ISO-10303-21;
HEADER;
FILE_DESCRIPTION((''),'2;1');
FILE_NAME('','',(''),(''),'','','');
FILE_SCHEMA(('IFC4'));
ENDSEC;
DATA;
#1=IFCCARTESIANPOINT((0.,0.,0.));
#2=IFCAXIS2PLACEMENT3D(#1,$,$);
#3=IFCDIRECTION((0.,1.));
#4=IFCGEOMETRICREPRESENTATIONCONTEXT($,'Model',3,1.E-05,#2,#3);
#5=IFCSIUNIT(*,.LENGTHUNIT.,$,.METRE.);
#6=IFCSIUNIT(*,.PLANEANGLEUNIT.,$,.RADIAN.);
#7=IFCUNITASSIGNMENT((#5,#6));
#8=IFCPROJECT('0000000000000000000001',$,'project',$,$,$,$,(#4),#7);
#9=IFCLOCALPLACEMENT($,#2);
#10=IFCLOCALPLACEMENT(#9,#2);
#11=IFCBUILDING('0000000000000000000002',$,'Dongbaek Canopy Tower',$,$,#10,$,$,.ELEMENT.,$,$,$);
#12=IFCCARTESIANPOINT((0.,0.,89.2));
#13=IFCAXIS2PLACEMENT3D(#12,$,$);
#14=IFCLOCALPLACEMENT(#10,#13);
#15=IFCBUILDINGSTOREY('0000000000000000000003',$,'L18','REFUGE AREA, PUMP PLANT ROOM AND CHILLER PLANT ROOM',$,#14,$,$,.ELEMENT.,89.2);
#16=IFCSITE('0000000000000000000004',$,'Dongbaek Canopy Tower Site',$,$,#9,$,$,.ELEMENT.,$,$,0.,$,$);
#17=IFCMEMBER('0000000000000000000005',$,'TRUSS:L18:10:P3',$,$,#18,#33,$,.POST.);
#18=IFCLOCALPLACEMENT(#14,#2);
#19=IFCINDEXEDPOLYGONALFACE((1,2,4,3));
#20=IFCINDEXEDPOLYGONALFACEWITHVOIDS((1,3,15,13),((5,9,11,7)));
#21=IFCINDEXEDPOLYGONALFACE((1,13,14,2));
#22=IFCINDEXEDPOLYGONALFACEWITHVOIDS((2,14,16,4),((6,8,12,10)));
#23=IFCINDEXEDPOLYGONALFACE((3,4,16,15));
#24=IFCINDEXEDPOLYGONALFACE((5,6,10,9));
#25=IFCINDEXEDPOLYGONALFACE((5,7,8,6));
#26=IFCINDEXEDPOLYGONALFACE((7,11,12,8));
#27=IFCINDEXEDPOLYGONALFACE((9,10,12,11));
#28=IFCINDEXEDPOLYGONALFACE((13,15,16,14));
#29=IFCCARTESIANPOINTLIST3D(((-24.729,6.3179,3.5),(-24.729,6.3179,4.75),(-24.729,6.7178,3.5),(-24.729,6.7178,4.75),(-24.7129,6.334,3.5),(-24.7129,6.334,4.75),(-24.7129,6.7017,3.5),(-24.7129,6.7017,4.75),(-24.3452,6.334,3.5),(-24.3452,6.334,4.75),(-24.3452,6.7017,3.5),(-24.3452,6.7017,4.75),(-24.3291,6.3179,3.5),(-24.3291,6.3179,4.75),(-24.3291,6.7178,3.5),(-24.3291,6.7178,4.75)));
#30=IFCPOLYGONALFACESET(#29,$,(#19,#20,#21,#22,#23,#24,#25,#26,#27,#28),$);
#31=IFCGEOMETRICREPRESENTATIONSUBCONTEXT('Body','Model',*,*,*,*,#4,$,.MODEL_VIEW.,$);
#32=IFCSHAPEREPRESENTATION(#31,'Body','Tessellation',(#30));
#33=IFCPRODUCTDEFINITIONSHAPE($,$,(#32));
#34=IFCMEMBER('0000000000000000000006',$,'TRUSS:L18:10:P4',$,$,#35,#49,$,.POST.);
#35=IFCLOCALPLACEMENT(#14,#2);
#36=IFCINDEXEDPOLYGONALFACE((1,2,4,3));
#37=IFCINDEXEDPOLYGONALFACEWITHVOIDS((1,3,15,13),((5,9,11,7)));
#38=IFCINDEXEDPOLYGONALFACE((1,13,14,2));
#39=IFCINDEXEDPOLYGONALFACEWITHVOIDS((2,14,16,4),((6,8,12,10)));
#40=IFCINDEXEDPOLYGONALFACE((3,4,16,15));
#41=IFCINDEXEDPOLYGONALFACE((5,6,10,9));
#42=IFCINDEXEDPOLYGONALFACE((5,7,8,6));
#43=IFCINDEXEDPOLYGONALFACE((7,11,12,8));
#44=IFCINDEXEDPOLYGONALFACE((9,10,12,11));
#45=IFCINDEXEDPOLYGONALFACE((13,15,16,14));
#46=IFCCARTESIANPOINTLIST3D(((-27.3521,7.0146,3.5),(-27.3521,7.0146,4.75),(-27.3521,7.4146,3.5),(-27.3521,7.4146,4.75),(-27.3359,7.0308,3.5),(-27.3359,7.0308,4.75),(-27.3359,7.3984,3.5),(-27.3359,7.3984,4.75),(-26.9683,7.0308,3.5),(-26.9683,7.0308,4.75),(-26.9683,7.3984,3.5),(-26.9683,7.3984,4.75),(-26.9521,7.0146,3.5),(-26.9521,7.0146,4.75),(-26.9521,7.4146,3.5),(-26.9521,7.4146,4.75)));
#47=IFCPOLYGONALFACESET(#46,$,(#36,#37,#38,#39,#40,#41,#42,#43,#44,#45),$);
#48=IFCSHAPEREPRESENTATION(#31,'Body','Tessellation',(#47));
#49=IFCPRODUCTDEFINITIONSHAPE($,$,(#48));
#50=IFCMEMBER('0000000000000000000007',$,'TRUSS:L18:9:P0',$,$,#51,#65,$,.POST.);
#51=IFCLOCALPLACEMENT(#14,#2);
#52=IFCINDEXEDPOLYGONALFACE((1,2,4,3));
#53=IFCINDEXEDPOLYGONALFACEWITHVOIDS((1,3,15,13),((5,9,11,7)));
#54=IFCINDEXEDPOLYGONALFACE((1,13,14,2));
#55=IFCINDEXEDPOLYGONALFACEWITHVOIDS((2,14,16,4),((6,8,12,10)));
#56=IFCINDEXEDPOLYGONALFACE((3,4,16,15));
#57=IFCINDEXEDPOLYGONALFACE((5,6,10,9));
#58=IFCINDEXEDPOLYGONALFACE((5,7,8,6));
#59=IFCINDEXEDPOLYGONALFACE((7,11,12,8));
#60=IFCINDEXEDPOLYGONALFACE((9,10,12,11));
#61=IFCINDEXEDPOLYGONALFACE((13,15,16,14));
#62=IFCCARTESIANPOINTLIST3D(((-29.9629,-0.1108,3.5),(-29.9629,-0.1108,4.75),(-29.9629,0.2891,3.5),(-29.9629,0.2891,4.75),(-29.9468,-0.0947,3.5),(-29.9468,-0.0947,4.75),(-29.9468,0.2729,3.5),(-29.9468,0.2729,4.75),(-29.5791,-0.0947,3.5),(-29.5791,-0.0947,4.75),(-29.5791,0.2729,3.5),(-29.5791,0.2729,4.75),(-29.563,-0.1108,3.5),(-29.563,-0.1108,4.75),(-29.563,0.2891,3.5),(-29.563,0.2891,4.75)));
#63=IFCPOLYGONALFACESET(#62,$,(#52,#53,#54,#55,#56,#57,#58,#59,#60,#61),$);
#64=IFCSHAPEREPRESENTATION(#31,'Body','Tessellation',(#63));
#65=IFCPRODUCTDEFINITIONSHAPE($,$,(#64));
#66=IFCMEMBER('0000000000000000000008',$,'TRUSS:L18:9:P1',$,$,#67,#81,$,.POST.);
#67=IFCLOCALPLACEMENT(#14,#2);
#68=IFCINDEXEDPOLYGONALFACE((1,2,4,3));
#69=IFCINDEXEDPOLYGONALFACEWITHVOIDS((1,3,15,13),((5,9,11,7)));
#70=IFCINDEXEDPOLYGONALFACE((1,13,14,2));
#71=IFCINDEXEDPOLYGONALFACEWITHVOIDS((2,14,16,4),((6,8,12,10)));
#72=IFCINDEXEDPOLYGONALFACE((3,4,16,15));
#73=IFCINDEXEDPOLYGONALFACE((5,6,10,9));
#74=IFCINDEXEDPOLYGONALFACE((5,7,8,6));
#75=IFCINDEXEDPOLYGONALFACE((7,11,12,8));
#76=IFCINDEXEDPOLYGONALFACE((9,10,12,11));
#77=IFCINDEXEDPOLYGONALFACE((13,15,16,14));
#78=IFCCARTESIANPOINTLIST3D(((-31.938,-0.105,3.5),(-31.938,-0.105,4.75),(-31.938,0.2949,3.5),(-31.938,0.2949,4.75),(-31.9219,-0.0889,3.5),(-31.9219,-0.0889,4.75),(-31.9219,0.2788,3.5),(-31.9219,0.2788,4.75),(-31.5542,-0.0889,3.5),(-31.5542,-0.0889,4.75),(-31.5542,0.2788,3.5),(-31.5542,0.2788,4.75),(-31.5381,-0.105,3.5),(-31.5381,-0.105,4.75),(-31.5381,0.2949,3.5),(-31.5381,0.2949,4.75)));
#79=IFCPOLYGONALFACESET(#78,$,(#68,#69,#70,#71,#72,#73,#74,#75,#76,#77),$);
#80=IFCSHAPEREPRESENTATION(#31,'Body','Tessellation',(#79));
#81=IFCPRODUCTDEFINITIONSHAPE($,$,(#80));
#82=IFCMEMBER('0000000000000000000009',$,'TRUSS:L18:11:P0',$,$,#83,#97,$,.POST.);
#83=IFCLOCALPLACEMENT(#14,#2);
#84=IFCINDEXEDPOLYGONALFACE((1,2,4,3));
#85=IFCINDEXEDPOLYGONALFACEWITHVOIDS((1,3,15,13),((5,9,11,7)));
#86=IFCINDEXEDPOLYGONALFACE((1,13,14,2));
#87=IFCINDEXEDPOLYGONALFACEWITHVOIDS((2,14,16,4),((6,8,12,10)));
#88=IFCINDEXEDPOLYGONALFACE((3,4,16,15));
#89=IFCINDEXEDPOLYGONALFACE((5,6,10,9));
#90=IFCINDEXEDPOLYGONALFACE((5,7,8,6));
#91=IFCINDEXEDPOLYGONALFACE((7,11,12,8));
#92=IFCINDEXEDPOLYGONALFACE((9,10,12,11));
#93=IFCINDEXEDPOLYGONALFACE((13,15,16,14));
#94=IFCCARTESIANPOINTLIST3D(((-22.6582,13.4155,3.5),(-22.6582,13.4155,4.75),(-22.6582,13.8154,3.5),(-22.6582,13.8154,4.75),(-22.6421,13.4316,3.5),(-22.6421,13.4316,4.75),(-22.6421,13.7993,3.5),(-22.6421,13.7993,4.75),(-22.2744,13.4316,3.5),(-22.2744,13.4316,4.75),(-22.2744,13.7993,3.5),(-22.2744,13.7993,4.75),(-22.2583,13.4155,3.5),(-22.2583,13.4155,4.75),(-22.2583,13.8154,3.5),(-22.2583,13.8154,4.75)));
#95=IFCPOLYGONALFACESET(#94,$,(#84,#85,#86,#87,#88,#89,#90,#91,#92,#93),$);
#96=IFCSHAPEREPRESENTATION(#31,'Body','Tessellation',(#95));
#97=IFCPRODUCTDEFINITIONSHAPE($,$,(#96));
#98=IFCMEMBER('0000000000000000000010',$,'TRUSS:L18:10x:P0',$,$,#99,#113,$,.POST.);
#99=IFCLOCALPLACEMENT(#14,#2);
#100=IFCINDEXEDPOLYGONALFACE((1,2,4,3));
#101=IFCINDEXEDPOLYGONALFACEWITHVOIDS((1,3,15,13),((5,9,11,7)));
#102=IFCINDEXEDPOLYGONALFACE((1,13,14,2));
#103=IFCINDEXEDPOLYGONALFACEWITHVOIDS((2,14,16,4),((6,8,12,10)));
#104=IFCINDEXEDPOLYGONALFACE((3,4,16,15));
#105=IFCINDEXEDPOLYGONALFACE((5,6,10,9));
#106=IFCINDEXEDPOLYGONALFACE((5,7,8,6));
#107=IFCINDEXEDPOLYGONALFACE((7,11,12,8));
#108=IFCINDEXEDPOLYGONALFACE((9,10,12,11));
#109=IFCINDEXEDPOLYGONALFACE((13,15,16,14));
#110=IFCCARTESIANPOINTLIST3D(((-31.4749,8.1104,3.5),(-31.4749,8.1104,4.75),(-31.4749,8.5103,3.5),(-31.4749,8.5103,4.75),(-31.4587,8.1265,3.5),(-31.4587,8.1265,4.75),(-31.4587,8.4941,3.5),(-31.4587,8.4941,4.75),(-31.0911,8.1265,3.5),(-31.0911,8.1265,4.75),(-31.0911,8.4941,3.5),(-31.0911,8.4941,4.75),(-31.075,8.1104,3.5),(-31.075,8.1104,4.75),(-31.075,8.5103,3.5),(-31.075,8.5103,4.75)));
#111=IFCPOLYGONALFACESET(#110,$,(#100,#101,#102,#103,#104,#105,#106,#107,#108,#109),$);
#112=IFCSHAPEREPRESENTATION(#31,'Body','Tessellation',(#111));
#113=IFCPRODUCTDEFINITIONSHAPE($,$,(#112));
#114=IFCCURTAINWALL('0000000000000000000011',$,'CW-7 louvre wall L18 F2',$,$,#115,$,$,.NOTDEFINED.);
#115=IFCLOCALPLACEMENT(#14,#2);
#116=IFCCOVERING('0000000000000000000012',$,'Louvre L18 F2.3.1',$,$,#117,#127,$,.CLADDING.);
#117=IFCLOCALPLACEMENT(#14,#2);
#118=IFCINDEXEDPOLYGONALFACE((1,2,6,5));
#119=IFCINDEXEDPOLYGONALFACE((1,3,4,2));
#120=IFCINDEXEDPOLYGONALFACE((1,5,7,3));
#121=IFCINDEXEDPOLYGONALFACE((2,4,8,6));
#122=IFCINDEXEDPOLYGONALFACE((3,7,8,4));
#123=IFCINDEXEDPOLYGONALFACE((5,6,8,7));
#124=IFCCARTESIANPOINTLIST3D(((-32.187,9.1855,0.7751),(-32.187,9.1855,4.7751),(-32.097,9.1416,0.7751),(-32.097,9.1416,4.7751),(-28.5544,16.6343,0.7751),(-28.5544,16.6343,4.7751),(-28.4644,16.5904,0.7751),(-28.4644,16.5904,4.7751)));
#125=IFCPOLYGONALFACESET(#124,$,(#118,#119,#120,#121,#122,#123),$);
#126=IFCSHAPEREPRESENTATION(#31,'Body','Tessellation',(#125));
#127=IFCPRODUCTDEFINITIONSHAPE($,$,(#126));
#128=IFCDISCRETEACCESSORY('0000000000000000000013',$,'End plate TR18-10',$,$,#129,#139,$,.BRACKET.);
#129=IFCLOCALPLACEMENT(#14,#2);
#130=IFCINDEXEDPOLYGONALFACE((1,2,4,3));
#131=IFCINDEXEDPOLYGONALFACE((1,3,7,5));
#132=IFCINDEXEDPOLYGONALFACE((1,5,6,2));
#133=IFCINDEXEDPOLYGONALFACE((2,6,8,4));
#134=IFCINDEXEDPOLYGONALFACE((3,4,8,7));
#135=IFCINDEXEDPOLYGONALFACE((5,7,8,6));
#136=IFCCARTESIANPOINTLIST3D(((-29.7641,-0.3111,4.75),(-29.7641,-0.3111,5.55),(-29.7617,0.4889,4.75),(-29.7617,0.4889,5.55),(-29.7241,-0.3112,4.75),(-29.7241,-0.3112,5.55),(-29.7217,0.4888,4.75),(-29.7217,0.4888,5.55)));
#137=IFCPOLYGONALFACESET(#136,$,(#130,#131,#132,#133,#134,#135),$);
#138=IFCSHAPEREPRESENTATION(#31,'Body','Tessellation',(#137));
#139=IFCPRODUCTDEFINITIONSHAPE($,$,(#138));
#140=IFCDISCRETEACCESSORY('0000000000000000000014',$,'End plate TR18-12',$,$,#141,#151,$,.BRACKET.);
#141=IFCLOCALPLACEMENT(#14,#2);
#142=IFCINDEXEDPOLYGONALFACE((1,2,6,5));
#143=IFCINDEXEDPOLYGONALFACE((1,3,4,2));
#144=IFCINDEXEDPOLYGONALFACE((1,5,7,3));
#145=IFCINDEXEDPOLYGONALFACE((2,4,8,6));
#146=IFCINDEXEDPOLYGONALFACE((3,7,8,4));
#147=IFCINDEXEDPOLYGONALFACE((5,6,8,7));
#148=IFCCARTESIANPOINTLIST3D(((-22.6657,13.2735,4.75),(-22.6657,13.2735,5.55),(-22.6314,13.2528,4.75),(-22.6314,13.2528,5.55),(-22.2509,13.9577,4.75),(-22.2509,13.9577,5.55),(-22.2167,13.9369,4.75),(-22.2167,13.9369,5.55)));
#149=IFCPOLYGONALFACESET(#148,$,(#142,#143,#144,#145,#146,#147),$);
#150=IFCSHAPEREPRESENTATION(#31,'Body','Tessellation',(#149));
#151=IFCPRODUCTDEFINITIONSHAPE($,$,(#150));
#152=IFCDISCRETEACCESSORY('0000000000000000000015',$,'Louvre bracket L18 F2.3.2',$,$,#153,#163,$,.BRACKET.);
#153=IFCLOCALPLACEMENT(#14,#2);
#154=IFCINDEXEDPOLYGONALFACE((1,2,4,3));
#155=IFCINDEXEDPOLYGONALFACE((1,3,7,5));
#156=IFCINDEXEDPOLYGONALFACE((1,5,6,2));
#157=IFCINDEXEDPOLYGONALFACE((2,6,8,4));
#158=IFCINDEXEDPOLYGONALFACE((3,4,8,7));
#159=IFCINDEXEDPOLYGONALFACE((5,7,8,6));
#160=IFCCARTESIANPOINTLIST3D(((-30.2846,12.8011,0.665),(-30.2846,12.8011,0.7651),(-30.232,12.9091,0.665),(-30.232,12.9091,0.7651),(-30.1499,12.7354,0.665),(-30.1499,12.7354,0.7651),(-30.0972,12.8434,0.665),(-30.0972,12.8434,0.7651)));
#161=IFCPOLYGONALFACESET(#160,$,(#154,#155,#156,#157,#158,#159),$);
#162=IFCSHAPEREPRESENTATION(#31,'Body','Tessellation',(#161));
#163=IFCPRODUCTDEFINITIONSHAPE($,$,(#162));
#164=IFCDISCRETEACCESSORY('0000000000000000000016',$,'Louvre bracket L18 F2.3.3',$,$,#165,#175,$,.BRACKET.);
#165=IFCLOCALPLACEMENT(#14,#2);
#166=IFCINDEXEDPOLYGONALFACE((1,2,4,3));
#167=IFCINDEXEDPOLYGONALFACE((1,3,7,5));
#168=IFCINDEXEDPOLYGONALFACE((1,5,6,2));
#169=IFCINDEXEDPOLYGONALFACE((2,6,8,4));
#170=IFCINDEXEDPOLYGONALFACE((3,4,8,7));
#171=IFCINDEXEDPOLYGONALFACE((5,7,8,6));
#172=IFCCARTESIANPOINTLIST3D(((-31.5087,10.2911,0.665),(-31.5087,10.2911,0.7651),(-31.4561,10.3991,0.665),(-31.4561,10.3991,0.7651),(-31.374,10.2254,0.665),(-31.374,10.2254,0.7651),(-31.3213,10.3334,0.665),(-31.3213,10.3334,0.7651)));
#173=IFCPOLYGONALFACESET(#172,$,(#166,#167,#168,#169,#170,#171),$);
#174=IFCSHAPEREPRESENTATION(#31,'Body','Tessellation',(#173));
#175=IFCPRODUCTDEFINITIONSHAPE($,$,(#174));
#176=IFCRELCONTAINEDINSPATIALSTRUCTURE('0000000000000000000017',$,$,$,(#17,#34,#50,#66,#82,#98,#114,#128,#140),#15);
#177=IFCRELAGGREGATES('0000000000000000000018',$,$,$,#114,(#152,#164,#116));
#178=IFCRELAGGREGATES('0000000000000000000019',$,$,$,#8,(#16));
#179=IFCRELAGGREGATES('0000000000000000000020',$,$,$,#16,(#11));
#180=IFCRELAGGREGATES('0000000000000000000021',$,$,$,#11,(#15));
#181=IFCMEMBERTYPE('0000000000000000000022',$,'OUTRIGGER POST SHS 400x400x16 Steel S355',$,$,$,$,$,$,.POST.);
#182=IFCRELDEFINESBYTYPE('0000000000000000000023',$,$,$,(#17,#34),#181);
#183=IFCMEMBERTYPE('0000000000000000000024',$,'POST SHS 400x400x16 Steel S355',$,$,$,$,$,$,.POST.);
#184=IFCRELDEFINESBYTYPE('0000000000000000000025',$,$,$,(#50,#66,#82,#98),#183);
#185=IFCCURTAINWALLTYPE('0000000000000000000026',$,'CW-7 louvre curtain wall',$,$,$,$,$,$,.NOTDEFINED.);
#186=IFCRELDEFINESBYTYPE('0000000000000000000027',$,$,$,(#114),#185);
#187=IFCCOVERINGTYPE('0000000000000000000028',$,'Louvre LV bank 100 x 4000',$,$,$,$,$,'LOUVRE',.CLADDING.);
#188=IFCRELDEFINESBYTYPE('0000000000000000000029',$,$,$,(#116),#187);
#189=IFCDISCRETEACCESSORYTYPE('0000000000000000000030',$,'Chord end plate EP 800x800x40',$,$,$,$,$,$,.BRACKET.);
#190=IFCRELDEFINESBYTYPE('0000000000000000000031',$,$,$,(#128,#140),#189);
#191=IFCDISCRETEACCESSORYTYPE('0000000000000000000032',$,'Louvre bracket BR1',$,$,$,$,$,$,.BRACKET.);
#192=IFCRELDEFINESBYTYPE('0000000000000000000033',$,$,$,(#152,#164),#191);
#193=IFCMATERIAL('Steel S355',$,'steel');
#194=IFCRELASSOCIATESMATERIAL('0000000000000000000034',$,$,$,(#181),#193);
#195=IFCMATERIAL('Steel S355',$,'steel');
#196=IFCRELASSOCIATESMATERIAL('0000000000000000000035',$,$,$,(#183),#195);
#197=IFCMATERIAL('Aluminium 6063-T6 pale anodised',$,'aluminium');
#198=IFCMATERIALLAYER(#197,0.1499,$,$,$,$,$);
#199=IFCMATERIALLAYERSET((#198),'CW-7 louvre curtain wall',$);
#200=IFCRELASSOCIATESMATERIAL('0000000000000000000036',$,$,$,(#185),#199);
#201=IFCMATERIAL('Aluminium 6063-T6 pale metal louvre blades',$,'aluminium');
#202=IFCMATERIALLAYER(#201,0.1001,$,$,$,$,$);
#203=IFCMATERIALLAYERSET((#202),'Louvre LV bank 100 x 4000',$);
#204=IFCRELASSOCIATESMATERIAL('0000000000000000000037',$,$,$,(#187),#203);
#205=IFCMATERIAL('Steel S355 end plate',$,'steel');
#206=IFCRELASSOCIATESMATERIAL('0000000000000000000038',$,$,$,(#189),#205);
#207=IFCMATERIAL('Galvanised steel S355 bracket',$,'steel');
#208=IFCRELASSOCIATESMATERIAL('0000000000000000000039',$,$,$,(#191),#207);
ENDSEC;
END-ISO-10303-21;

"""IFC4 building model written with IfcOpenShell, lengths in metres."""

from ifc_helpers import new_model, si_unit, direction, frame, origin, origin_2d, place, context, subcontext, project, spatial, rectangle, hollow_rectangle, extrude, material, layer, layer_set, material_profile, profile_set, type_object, element, aggregate, save


model = new_model("IFC4")

# Units and contexts
model_context = context("Model", 3, precision=1e-05, world=origin(), true_north=direction((0.0, 1.0)))
body_context = subcontext(model_context, "Body", "Model", "MODEL_VIEW")
ifc_project = project(units=[si_unit("LENGTHUNIT", "METRE"), si_unit("PLANEANGLEUNIT", "RADIAN")], contexts=[model_context])

# Site, building, storey
site_placement = place(None, origin())
site = spatial("IfcSite", under=ifc_project, at=site_placement, Name="Dongbaek Canopy Tower Site", CompositionType="ELEMENT", RefElevation=0.0)
building_placement = place(site_placement, origin())
building = spatial("IfcBuilding", under=site, at=building_placement, Name="Dongbaek Canopy Tower", CompositionType="ELEMENT")
storey_placement = place(building_placement, frame((0.0, 0.0, 89.2)))
storey = spatial("IfcBuildingStorey", under=building, at=storey_placement, Name="L18", Description="REFUGE AREA, PUMP PLANT ROOM AND CHILLER PLANT ROOM", CompositionType="ELEMENT", Elevation=89.2)

# Members
ifc_material_1 = material(Name="Steel S355", Category="steel")
ifc_material_profile_1 = material_profile(ifc_material_1, hollow_rectangle(XDim=0.3999, YDim=0.3999, WallThickness=0.0161, at=origin_2d()), Name="OUTRIGGER POST SHS 400x400x16 Steel S355")
ifc_profile_set_1 = profile_set([ifc_material_profile_1], Name="Steel S355")
member_type_1 = type_object("IfcMemberType", Name="OUTRIGGER POST SHS 400x400x16 Steel S355", PredefinedType="POST", material=ifc_profile_set_1)
for number, where, z_axis, x_axis, name in (
    (1, (-24.5291, 6.5178, 3.5), (0.0, 0.0, 1.0), (1.0, 0.0, 0.0), "TRUSS:L18:10:P3"),
    (2, (-27.1521, 7.2146, 3.5), (0.0, 0.0, 1.0), (1.0, 0.0, 0.0), "TRUSS:L18:10:P4"),
):
    element("IfcMember", number, at=place(storey_placement, frame(where, z_axis=z_axis, x_axis=x_axis)), inside=storey, type_object=member_type_1, Name=name, PredefinedType="POST", context=body_context, shape_type="SweptSolid", body=[
        extrude(hollow_rectangle(XDim=0.3999, YDim=0.3999, WallThickness=0.0161, at=origin_2d()), origin(), (0.0, 0.0, 1.0), 1.25),
    ])
ifc_material_2 = material(Name="Steel S355", Category="steel")
ifc_material_profile_2 = material_profile(ifc_material_2, hollow_rectangle(XDim=0.3999, YDim=0.3999, WallThickness=0.0161, at=origin_2d()), Name="POST SHS 400x400x16 Steel S355")
ifc_profile_set_2 = profile_set([ifc_material_profile_2], Name="Steel S355")
member_type_2 = type_object("IfcMemberType", Name="POST SHS 400x400x16 Steel S355", PredefinedType="POST", material=ifc_profile_set_2)
for number, where, z_axis, x_axis, name in (
    (3, (-29.7629, 0.0891, 3.5), (0.0, 0.0, 1.0), (1.0, 0.0, 0.0), "TRUSS:L18:9:P0"),
    (4, (-31.738, 0.095, 3.5), (0.0, 0.0, 1.0), (1.0, 0.0, 0.0), "TRUSS:L18:9:P1"),
    (5, (-22.4583, 13.6155, 3.5), (0.0, 0.0, 1.0), (1.0, 0.0, 0.0), "TRUSS:L18:11:P0"),
    (6, (-31.2749, 8.3103, 3.5), (0.0, 0.0, 1.0), (1.0, 0.0, 0.0), "TRUSS:L18:10x:P0"),
):
    element("IfcMember", number, at=place(storey_placement, frame(where, z_axis=z_axis, x_axis=x_axis)), inside=storey, type_object=member_type_2, Name=name, PredefinedType="POST", context=body_context, shape_type="SweptSolid", body=[
        extrude(hollow_rectangle(XDim=0.3999, YDim=0.3999, WallThickness=0.0161, at=origin_2d()), origin(), (0.0, 0.0, 1.0), 1.25),
    ])

# Curtain wall, covering
ifc_material_3 = material(Name="Aluminium 6063-T6 pale anodised", Category="aluminium")
ifc_layer_1 = layer(ifc_material_3, 0.1499)
ifc_layer_set_1 = layer_set([ifc_layer_1], Name="CW-7 louvre curtain wall")
curtain_wall_type = type_object("IfcCurtainWallType", Name="CW-7 louvre curtain wall", PredefinedType="NOTDEFINED", material=ifc_layer_set_1)
curtain_wall_placement = place(storey_placement, origin())
curtain_wall = element("IfcCurtainWall", 7, at=curtain_wall_placement, inside=storey, type_object=curtain_wall_type, Name="CW-7 louvre wall L18 F2", PredefinedType="NOTDEFINED")
ifc_material_4 = material(Name="Aluminium 6063-T6 pale metal louvre blades", Category="aluminium")
ifc_layer_2 = layer(ifc_material_4, 0.1001)
ifc_layer_set_2 = layer_set([ifc_layer_2], Name="Louvre LV bank 100 x 4000")
covering_type = type_object("IfcCoveringType", Name="Louvre LV bank 100 x 4000", ElementType="LOUVRE", PredefinedType="CLADDING", material=ifc_layer_set_2)
covering_placement = place(storey_placement, frame((-30.3257, 12.8879, 0.7751), z_axis=(0.0, 0.0, 1.0), x_axis=(-0.438328, -0.898815, 0.0)))
covering = element("IfcCovering", 8, at=covering_placement, type_object=covering_type, Name="Louvre L18 F2.3.1", PredefinedType="CLADDING", context=body_context, shape_type="SweptSolid", body=[
    extrude(rectangle(XDim=8.2874, YDim=0.1001, at=origin_2d()), origin(), (0.0, 0.0, 1.0), 4.0),
])

# Discrete accessories
ifc_material_5 = material(Name="Steel S355 end plate", Category="steel")
discrete_accessory_type_1 = type_object("IfcDiscreteAccessoryType", Name="Chord end plate EP 800x800x40", PredefinedType="BRACKET", material=ifc_material_5)
for number, where, z_axis, x_axis, name in (
    (9, (-29.7429, 0.0889, 4.75), (0.0, 0.0, 1.0), (-0.999996, 0.002988, 0.0), "End plate TR18-10"),
    (10, (-22.4412, 13.6052, 4.75), (0.0, 0.0, 1.0), (-0.855123, 0.518426, 0.0), "End plate TR18-12"),
):
    element("IfcDiscreteAccessory", number, at=place(storey_placement, frame(where, z_axis=z_axis, x_axis=x_axis)), inside=storey, type_object=discrete_accessory_type_1, Name=name, PredefinedType="BRACKET", context=body_context, shape_type="SweptSolid", body=[
        extrude(rectangle(XDim=0.04, YDim=0.8, at=origin_2d()), origin(), (0.0, 0.0, 1.0), 0.8),
    ])

# Discrete accessories
ifc_material_6 = material(Name="Galvanised steel S355 bracket", Category="steel")
discrete_accessory_type_2 = type_object("IfcDiscreteAccessoryType", Name="Louvre bracket BR1", PredefinedType="BRACKET", material=ifc_material_6)
discrete_accessory_1_placement = place(storey_placement, frame((-30.1909, 12.8223, 0.665), z_axis=(0.0, 0.0, 1.0), x_axis=(-0.438328, -0.898815, 0.0)))
discrete_accessory_1 = element("IfcDiscreteAccessory", 11, at=discrete_accessory_1_placement, type_object=discrete_accessory_type_2, Name="Louvre bracket L18 F2.3.2", PredefinedType="BRACKET", context=body_context, shape_type="SweptSolid", body=[
    extrude(rectangle(XDim=0.1201, YDim=0.1499, at=origin_2d()), origin(), (0.0, 0.0, 1.0), 0.1001),
])
discrete_accessory_2_placement = place(storey_placement, frame((-31.415, 10.3123, 0.665), z_axis=(0.0, 0.0, 1.0), x_axis=(-0.438328, -0.898815, 0.0)))
discrete_accessory_2 = element("IfcDiscreteAccessory", 12, at=discrete_accessory_2_placement, type_object=discrete_accessory_type_2, Name="Louvre bracket L18 F2.3.3", PredefinedType="BRACKET", context=body_context, shape_type="SweptSolid", body=[
    extrude(rectangle(XDim=0.1201, YDim=0.1499, at=origin_2d()), origin(), (0.0, 0.0, 1.0), 0.1001),
])
aggregate(curtain_wall, [discrete_accessory_1, discrete_accessory_2, covering])

save(model, "model.ifc")
